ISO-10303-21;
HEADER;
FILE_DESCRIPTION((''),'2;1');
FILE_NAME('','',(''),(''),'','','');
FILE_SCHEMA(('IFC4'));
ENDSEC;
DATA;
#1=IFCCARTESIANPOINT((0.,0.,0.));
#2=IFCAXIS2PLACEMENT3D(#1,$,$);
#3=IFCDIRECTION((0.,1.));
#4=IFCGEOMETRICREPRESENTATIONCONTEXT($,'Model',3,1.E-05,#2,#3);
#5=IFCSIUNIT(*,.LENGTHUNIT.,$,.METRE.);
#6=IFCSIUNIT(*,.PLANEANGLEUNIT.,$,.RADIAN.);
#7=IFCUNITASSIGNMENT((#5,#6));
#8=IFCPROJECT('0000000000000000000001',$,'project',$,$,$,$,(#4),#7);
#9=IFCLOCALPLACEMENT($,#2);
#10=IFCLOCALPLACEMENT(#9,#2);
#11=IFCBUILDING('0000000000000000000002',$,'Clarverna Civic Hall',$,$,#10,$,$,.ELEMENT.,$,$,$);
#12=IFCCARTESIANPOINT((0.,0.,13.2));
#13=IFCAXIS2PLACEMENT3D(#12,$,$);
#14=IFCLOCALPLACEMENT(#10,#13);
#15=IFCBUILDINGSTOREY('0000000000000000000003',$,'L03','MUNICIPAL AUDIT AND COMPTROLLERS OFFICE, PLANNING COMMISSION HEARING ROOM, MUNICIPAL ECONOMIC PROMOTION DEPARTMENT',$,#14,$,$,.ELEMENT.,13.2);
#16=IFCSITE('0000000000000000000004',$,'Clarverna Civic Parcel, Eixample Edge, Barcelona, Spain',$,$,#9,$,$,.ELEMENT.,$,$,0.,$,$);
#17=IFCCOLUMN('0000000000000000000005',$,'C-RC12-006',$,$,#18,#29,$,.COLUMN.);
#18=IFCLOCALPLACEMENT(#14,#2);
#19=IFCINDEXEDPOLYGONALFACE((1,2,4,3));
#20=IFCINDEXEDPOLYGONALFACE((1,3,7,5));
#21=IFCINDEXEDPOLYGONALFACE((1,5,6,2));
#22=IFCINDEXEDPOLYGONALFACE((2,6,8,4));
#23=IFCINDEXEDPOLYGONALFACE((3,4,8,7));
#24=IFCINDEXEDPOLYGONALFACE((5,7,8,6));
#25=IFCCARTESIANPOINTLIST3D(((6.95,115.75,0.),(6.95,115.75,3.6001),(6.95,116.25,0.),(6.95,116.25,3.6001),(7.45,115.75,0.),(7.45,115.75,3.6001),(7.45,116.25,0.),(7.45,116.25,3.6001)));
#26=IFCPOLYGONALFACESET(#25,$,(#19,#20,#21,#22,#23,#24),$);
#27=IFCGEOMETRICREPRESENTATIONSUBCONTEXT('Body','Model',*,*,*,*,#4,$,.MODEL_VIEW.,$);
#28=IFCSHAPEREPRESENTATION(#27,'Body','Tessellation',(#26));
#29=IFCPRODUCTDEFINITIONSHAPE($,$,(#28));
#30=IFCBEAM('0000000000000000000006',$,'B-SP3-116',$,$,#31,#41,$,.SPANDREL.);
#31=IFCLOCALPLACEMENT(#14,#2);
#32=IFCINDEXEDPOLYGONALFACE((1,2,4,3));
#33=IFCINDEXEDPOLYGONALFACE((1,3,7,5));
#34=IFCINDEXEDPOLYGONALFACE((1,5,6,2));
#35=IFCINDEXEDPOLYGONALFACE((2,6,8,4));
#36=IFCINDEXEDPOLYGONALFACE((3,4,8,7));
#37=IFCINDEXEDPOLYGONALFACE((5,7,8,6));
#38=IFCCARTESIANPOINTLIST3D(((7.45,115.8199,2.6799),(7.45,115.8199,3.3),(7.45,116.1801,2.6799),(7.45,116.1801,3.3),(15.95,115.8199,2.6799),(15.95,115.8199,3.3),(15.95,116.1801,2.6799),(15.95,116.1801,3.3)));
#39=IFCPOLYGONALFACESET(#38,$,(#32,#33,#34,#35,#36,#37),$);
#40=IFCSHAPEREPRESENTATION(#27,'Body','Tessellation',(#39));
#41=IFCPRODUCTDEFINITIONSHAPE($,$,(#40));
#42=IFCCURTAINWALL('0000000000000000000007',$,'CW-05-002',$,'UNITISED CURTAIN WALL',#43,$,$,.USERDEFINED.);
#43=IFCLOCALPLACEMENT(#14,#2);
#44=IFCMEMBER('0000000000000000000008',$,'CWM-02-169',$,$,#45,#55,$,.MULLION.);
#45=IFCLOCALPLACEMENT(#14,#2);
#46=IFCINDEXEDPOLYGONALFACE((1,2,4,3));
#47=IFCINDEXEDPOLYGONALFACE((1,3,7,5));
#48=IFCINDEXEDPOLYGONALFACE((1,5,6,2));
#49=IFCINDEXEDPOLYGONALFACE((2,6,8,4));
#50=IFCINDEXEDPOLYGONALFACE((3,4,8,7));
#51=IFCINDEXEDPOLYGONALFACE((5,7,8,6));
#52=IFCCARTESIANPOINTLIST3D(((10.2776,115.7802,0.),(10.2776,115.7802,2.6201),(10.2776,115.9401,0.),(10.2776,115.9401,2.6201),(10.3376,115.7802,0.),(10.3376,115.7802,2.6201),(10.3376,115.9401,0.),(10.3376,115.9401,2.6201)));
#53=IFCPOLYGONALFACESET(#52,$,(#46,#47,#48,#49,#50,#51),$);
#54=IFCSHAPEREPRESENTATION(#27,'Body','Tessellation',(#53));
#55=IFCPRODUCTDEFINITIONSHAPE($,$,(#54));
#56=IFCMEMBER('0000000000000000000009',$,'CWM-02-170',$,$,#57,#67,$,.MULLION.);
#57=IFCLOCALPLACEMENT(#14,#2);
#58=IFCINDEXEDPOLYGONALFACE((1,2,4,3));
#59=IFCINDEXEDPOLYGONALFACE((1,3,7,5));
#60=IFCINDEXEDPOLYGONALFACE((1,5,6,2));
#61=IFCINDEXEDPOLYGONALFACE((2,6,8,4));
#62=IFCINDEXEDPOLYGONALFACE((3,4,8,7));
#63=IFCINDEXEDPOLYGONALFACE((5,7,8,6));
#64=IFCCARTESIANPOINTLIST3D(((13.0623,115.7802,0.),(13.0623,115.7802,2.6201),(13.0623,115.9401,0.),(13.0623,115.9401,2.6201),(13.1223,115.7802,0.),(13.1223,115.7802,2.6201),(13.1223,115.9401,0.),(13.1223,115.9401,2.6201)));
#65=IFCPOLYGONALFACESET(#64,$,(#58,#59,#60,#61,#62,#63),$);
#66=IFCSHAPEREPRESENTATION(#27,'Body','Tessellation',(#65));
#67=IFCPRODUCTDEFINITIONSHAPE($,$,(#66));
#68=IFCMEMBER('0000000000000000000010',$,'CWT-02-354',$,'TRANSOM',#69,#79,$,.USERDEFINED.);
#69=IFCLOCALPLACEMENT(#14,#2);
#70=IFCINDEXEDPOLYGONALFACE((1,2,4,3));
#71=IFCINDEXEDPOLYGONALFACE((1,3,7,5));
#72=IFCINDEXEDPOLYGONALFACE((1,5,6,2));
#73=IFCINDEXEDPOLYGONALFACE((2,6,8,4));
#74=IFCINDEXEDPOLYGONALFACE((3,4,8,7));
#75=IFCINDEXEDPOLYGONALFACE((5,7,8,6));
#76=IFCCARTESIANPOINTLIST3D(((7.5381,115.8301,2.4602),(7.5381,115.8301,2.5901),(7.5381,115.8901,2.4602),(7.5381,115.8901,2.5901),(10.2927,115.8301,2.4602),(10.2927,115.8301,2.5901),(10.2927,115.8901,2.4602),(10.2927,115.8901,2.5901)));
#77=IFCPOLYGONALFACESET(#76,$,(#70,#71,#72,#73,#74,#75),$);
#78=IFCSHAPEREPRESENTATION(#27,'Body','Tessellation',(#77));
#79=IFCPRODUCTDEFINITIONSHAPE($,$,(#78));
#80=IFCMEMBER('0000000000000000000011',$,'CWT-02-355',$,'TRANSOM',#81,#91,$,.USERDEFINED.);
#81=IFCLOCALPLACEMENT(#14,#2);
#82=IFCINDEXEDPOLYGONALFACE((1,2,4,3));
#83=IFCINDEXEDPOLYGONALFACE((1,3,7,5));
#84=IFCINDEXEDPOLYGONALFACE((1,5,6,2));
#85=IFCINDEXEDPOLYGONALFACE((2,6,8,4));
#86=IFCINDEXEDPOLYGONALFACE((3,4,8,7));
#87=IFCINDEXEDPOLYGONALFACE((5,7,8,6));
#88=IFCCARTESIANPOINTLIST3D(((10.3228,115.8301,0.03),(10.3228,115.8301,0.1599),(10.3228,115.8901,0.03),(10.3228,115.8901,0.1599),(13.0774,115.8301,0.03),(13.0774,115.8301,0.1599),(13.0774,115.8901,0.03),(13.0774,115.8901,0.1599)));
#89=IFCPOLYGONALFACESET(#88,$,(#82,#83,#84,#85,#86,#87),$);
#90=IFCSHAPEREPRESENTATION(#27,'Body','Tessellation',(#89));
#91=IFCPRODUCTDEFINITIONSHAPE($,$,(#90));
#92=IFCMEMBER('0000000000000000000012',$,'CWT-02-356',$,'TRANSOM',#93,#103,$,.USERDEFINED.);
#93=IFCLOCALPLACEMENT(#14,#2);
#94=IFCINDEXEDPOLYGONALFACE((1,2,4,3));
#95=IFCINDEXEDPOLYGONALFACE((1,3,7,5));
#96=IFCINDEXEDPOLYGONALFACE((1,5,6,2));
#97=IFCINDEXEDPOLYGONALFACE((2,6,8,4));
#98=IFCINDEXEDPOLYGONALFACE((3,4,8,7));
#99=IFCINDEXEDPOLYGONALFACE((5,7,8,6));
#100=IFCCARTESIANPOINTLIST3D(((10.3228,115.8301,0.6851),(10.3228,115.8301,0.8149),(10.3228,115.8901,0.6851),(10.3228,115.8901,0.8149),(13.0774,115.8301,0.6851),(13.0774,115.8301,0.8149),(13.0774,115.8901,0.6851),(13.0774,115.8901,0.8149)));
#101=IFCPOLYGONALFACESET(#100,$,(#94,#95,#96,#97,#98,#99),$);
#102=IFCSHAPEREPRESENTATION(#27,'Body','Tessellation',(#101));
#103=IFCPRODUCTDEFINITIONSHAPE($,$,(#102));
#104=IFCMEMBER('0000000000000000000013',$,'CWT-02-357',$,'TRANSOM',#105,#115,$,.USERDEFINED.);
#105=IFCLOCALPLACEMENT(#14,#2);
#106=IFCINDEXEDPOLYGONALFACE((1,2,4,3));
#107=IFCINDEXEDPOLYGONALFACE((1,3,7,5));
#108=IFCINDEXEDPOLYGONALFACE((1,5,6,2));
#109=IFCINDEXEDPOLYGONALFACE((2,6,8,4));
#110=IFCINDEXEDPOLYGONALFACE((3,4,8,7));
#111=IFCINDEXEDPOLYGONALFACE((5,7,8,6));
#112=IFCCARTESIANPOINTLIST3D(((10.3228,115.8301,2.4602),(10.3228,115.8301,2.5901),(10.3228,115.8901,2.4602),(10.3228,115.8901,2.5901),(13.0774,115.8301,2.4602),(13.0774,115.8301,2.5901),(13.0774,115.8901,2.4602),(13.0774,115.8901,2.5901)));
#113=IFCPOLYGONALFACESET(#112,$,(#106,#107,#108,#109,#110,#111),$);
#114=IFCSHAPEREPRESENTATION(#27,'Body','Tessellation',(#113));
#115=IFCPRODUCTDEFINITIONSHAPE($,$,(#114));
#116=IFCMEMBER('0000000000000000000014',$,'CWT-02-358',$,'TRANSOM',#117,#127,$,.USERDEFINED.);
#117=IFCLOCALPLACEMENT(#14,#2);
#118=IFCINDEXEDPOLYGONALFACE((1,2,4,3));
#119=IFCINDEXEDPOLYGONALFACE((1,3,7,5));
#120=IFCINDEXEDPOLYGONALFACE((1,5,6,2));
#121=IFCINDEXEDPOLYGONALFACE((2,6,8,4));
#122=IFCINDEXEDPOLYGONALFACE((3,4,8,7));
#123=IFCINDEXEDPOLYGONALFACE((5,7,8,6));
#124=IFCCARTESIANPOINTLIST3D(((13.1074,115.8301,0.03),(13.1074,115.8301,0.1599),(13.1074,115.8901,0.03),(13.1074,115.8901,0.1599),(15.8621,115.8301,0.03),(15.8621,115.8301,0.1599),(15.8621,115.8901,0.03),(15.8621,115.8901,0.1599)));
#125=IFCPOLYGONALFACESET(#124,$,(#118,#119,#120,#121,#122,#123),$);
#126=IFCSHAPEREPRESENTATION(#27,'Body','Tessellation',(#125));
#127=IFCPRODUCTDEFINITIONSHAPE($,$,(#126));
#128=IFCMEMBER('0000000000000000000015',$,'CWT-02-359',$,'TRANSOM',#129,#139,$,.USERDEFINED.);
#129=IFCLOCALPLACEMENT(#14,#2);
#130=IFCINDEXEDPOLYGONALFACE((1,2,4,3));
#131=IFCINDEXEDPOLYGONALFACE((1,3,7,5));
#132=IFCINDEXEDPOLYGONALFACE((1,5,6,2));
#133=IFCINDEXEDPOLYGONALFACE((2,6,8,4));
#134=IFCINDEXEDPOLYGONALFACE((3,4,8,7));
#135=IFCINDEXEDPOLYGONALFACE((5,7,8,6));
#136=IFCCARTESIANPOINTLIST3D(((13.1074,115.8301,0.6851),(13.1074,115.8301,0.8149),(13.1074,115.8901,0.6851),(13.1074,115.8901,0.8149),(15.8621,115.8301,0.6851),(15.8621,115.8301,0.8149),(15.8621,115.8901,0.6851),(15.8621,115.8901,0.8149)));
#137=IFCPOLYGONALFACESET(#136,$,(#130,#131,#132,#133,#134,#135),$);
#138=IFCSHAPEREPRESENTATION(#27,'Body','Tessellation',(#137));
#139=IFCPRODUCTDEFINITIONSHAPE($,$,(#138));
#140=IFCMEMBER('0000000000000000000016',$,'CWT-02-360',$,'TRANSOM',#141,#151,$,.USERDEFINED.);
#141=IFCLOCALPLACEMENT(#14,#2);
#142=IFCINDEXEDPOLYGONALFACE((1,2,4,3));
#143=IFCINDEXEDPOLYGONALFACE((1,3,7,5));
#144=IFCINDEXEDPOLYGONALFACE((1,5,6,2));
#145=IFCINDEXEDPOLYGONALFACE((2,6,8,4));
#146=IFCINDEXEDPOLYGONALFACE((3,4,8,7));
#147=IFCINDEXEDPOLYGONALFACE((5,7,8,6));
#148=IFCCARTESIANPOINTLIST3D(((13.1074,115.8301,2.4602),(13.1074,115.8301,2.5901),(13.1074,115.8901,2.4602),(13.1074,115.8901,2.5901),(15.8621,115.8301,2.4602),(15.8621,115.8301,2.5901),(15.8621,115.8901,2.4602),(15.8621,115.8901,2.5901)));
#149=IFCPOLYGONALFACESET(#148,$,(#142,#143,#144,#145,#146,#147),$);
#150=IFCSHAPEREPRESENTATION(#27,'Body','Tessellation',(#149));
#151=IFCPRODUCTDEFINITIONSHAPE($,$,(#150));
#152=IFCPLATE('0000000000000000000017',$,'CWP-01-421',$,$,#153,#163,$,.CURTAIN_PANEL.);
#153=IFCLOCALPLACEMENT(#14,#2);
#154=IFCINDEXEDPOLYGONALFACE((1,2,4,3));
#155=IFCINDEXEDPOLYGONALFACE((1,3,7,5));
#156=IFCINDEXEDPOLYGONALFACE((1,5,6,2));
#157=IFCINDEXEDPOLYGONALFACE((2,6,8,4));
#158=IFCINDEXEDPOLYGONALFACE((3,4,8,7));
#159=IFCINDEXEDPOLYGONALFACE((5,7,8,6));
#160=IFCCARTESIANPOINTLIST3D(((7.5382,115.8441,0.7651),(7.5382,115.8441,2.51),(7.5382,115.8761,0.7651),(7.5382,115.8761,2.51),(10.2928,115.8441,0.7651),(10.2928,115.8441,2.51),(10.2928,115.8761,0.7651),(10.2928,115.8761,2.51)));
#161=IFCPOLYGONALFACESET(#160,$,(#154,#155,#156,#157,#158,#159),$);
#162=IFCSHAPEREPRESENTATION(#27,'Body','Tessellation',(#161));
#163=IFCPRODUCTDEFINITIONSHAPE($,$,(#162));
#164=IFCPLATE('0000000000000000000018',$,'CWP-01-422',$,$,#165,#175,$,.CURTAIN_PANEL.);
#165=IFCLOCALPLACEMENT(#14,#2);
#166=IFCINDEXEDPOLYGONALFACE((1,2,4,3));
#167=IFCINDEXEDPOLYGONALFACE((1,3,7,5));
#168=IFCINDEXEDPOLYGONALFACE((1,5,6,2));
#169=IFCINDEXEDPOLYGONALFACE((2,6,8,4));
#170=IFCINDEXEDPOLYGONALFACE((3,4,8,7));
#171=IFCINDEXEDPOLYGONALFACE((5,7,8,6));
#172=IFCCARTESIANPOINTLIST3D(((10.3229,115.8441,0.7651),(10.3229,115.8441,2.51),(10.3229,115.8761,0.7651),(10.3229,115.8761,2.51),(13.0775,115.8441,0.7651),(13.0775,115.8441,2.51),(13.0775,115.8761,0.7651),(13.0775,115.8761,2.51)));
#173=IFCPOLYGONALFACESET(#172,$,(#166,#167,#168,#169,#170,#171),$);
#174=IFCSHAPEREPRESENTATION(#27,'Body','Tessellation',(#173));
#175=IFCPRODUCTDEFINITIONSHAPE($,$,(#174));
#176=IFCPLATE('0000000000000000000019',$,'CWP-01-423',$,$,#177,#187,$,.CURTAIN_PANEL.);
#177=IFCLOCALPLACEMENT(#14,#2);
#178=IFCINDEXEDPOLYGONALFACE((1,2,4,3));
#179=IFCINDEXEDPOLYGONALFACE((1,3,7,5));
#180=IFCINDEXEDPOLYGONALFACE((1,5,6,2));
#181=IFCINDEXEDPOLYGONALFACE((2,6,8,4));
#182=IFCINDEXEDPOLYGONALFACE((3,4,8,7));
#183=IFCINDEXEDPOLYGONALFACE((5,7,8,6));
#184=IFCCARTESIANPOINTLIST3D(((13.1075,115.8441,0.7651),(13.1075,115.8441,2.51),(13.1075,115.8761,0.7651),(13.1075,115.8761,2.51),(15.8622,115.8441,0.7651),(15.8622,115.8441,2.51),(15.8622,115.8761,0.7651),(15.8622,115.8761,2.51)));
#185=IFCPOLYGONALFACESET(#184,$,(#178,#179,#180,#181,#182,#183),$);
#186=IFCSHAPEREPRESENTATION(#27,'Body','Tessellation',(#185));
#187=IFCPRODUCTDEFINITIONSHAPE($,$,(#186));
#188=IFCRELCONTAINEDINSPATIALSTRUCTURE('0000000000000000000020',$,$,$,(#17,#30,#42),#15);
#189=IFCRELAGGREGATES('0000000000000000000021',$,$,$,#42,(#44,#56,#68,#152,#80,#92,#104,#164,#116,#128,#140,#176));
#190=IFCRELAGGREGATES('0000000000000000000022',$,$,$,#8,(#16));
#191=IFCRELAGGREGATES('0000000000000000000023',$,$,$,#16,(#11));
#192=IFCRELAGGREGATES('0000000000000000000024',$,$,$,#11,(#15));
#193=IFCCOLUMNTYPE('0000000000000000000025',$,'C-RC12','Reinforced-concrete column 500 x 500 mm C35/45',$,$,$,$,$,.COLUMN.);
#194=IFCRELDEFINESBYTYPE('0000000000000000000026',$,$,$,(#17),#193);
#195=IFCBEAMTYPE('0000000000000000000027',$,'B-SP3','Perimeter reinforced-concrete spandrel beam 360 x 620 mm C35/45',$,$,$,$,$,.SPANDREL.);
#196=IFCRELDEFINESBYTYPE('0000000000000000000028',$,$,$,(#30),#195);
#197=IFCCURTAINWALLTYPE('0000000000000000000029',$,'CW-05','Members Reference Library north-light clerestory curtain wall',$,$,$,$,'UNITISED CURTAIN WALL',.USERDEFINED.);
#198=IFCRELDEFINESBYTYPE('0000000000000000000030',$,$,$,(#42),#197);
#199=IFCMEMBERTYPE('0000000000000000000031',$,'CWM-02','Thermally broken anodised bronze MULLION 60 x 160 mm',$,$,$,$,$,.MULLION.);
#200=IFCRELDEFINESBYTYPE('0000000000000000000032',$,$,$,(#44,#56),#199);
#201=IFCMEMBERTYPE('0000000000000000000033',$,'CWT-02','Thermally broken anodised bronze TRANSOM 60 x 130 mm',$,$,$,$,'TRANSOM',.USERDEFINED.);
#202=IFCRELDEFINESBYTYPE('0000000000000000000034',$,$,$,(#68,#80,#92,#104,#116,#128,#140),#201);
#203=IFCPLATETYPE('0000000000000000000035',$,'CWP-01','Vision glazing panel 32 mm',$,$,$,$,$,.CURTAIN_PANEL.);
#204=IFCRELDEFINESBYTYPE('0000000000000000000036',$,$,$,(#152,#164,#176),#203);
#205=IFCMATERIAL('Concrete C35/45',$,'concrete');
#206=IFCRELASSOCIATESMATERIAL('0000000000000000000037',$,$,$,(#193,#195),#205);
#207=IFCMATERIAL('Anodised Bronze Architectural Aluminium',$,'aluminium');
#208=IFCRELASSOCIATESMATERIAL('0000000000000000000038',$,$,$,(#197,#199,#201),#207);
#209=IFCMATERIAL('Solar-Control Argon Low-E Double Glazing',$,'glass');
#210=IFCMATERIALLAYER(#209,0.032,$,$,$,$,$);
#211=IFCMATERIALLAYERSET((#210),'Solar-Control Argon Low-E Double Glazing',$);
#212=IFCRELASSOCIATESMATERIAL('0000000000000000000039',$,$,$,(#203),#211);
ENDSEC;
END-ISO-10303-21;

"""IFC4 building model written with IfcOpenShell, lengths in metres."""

from ifc_helpers import new_model, si_unit, direction, frame, frame_2d, origin, origin_2d, place, context, subcontext, project, spatial, rectangle, extrude, material, layer, layer_set, material_profile, profile_set, type_object, element, aggregate, save


model = new_model("IFC4")

# Units and contexts
model_context = context("Model", 3, precision=1e-05, world=origin(), true_north=direction((0.0, 1.0)))
body_context = subcontext(model_context, "Body", "Model", "MODEL_VIEW")
ifc_project = project(units=[si_unit("LENGTHUNIT", "METRE"), si_unit("PLANEANGLEUNIT", "RADIAN")], contexts=[model_context])

# Site, building, storey
site_placement = place(None, origin())
site = spatial("IfcSite", under=ifc_project, at=site_placement, Name="Clarverna Civic Parcel, Eixample Edge, Barcelona, Spain", CompositionType="ELEMENT", RefElevation=0.0)
building_placement = place(site_placement, origin())
building = spatial("IfcBuilding", under=site, at=building_placement, Name="Clarverna Civic Hall", CompositionType="ELEMENT")
storey_placement = place(building_placement, frame((0.0, 0.0, 13.2)))
storey = spatial("IfcBuildingStorey", under=building, at=storey_placement, Name="L03", Description="MUNICIPAL AUDIT AND COMPTROLLERS OFFICE, PLANNING COMMISSION HEARING ROOM, MUNICIPAL ECONOMIC PROMOTION DEPARTMENT", CompositionType="ELEMENT", Elevation=13.2)

# Column
ifc_material_1 = material(Name="Concrete C35/45", Category="concrete")
ifc_material_profile_1 = material_profile(ifc_material_1, rectangle(XDim=0.5, YDim=0.5, at=origin_2d()), Name="RC 500x500")
ifc_profile_set_1 = profile_set([ifc_material_profile_1], Name="Concrete C35/45")
column_type = type_object("IfcColumnType", Name="C-RC12", Description="Reinforced-concrete column 500 x 500 mm C35/45", PredefinedType="COLUMN", material=ifc_profile_set_1)
column_placement = place(storey_placement, frame((7.2, 116.0, 0.0), z_axis=(0.0, 0.0, 1.0), x_axis=(1.0, 0.0, 0.0)))
element("IfcColumn", 1, at=column_placement, inside=storey, type_object=column_type, Name="C-RC12-006", PredefinedType="COLUMN", context=body_context, shape_type="SweptSolid", body=[
    extrude(rectangle(XDim=0.5, YDim=0.5, at=origin_2d()), origin(), (0.0, 0.0, 1.0), 3.6001),
])

# Beam
ifc_material_profile_2 = material_profile(ifc_material_1, rectangle(XDim=0.3601, YDim=0.6201, at=origin_2d()), Name="RC 360x620")
ifc_profile_set_2 = profile_set([ifc_material_profile_2], Name="Concrete C35/45")
beam_type = type_object("IfcBeamType", Name="B-SP3", Description="Perimeter reinforced-concrete spandrel beam 360 x 620 mm C35/45", PredefinedType="SPANDREL", material=ifc_profile_set_2)
beam_placement = place(storey_placement, frame((7.45, 116.0, 2.99), z_axis=(1.0, 0.0, 0.0), x_axis=(0.0, 1.0, 0.0)))
element("IfcBeam", 2, at=beam_placement, inside=storey, type_object=beam_type, Name="B-SP3-116", PredefinedType="SPANDREL", context=body_context, shape_type="SweptSolid", body=[
    extrude(rectangle(XDim=0.3601, YDim=0.6201, at=origin_2d()), origin(), (0.0, 0.0, 1.0), 8.5),
])

# Curtain wall, members, plates
ifc_material_2 = material(Name="Anodised Bronze Architectural Aluminium", Category="aluminium")
curtain_wall_type = type_object("IfcCurtainWallType", Name="CW-05", Description="Members Reference Library north-light clerestory curtain wall", ElementType="UNITISED CURTAIN WALL", PredefinedType="USERDEFINED", material=ifc_material_2)
curtain_wall_placement = place(storey_placement, origin())
curtain_wall = element("IfcCurtainWall", 3, at=curtain_wall_placement, inside=storey, type_object=curtain_wall_type, Name="CW-05-002", ObjectType="UNITISED CURTAIN WALL", PredefinedType="USERDEFINED")
ifc_material_profile_3 = material_profile(ifc_material_2, rectangle(XDim=0.0601, YDim=0.1599, at=origin_2d()), Name="BRONZE 60x160")
ifc_profile_set_3 = profile_set([ifc_material_profile_3], Name="Anodised Bronze Architectural Aluminium")
member_type_1 = type_object("IfcMemberType", Name="CWM-02", Description="Thermally broken anodised bronze MULLION 60 x 160 mm", PredefinedType="MULLION", material=ifc_profile_set_3)
member_1_placement = place(storey_placement, frame((10.3076, 115.8601, 0.0), z_axis=(0.0, 0.0, 1.0), x_axis=(1.0, 0.0, 0.0)))
member_1 = element("IfcMember", 4, at=member_1_placement, type_object=member_type_1, Name="CWM-02-169", PredefinedType="MULLION", context=body_context, shape_type="SweptSolid", body=[
    extrude(rectangle(XDim=0.0601, YDim=0.1599, at=origin_2d()), origin(), (0.0, 0.0, 1.0), 2.6201),
])
member_2_placement = place(storey_placement, frame((13.0923, 115.8601, 0.0), z_axis=(0.0, 0.0, 1.0), x_axis=(1.0, 0.0, 0.0)))
member_2 = element("IfcMember", 5, at=member_2_placement, type_object=member_type_1, Name="CWM-02-170", PredefinedType="MULLION", context=body_context, shape_type="SweptSolid", body=[
    extrude(rectangle(XDim=0.0601, YDim=0.1599, at=origin_2d()), origin(), (0.0, 0.0, 1.0), 2.6201),
])
ifc_material_profile_4 = material_profile(ifc_material_2, rectangle(XDim=0.0601, YDim=0.1299, at=origin_2d()), Name="BRONZE 60x130")
ifc_profile_set_4 = profile_set([ifc_material_profile_4], Name="Anodised Bronze Architectural Aluminium")
member_type_2 = type_object("IfcMemberType", Name="CWT-02", Description="Thermally broken anodised bronze TRANSOM 60 x 130 mm", ElementType="TRANSOM", PredefinedType="USERDEFINED", material=ifc_profile_set_4)
member_3_placement = place(storey_placement, frame((7.5381, 115.8601, 2.5251), z_axis=(1.0, 0.0, 0.0), x_axis=(0.0, 1.0, 0.0)))
member_3 = element("IfcMember", 6, at=member_3_placement, type_object=member_type_2, Name="CWT-02-354", ObjectType="TRANSOM", PredefinedType="USERDEFINED", context=body_context, shape_type="SweptSolid", body=[
    extrude(rectangle(XDim=0.0601, YDim=0.1299, at=origin_2d()), origin(), (0.0, 0.0, 1.0), 2.7546),
])
member_4_placement = place(storey_placement, frame((10.3228, 115.8601, 0.095), z_axis=(1.0, 0.0, 0.0), x_axis=(0.0, 1.0, 0.0)))
member_4 = element("IfcMember", 7, at=member_4_placement, type_object=member_type_2, Name="CWT-02-355", ObjectType="TRANSOM", PredefinedType="USERDEFINED", context=body_context, shape_type="SweptSolid", body=[
    extrude(rectangle(XDim=0.0601, YDim=0.1299, at=origin_2d()), origin(), (0.0, 0.0, 1.0), 2.7546),
])
member_5_placement = place(storey_placement, frame((10.3228, 115.8601, 0.75), z_axis=(1.0, 0.0, 0.0), x_axis=(0.0, 1.0, 0.0)))
member_5 = element("IfcMember", 8, at=member_5_placement, type_object=member_type_2, Name="CWT-02-356", ObjectType="TRANSOM", PredefinedType="USERDEFINED", context=body_context, shape_type="SweptSolid", body=[
    extrude(rectangle(XDim=0.0601, YDim=0.1299, at=origin_2d()), origin(), (0.0, 0.0, 1.0), 2.7546),
])
member_6_placement = place(storey_placement, frame((10.3228, 115.8601, 2.5251), z_axis=(1.0, 0.0, 0.0), x_axis=(0.0, 1.0, 0.0)))
member_6 = element("IfcMember", 9, at=member_6_placement, type_object=member_type_2, Name="CWT-02-357", ObjectType="TRANSOM", PredefinedType="USERDEFINED", context=body_context, shape_type="SweptSolid", body=[
    extrude(rectangle(XDim=0.0601, YDim=0.1299, at=origin_2d()), origin(), (0.0, 0.0, 1.0), 2.7546),
])
member_7_placement = place(storey_placement, frame((13.1074, 115.8601, 0.095), z_axis=(1.0, 0.0, 0.0), x_axis=(0.0, 1.0, 0.0)))
member_7 = element("IfcMember", 10, at=member_7_placement, type_object=member_type_2, Name="CWT-02-358", ObjectType="TRANSOM", PredefinedType="USERDEFINED", context=body_context, shape_type="SweptSolid", body=[
    extrude(rectangle(XDim=0.0601, YDim=0.1299, at=origin_2d()), origin(), (0.0, 0.0, 1.0), 2.7546),
])
member_8_placement = place(storey_placement, frame((13.1074, 115.8601, 0.75), z_axis=(1.0, 0.0, 0.0), x_axis=(0.0, 1.0, 0.0)))
member_8 = element("IfcMember", 11, at=member_8_placement, type_object=member_type_2, Name="CWT-02-359", ObjectType="TRANSOM", PredefinedType="USERDEFINED", context=body_context, shape_type="SweptSolid", body=[
    extrude(rectangle(XDim=0.0601, YDim=0.1299, at=origin_2d()), origin(), (0.0, 0.0, 1.0), 2.7546),
])
member_9_placement = place(storey_placement, frame((13.1074, 115.8601, 2.5251), z_axis=(1.0, 0.0, 0.0), x_axis=(0.0, 1.0, 0.0)))
member_9 = element("IfcMember", 12, at=member_9_placement, type_object=member_type_2, Name="CWT-02-360", ObjectType="TRANSOM", PredefinedType="USERDEFINED", context=body_context, shape_type="SweptSolid", body=[
    extrude(rectangle(XDim=0.0601, YDim=0.1299, at=origin_2d()), origin(), (0.0, 0.0, 1.0), 2.7546),
])
ifc_material_3 = material(Name="Solar-Control Argon Low-E Double Glazing", Category="glass")
ifc_layer_1 = layer(ifc_material_3, 0.032)
ifc_layer_set_1 = layer_set([ifc_layer_1], Name="Solar-Control Argon Low-E Double Glazing")
plate_type_1 = type_object("IfcPlateType", Name="CWP-01", Description="Vision glazing panel 32 mm", PredefinedType="CURTAIN_PANEL", material=ifc_layer_set_1)
plate_1_placement = place(storey_placement, frame((7.5381, 115.8601, 0.7651), z_axis=(0.0, 0.0, 1.0), x_axis=(1.0, 0.0, 0.0)))
plate_1 = element("IfcPlate", 13, at=plate_1_placement, type_object=plate_type_1, Name="CWP-01-421", PredefinedType="CURTAIN_PANEL", context=body_context, shape_type="SweptSolid", body=[
    extrude(rectangle(XDim=2.7546, YDim=0.032, at=frame_2d((1.3774, 0.0))), origin(), (0.0, 0.0, 1.0), 1.7449),
])
plate_2_placement = place(storey_placement, frame((10.3228, 115.8601, 0.7651), z_axis=(0.0, 0.0, 1.0), x_axis=(1.0, 0.0, 0.0)))
plate_2 = element("IfcPlate", 14, at=plate_2_placement, type_object=plate_type_1, Name="CWP-01-422", PredefinedType="CURTAIN_PANEL", context=body_context, shape_type="SweptSolid", body=[
    extrude(rectangle(XDim=2.7546, YDim=0.032, at=frame_2d((1.3774, 0.0))), origin(), (0.0, 0.0, 1.0), 1.7449),
])
plate_3_placement = place(storey_placement, frame((13.1074, 115.8601, 0.7651), z_axis=(0.0, 0.0, 1.0), x_axis=(1.0, 0.0, 0.0)))
plate_3 = element("IfcPlate", 15, at=plate_3_placement, type_object=plate_type_1, Name="CWP-01-423", PredefinedType="CURTAIN_PANEL", context=body_context, shape_type="SweptSolid", body=[
    extrude(rectangle(XDim=2.7546, YDim=0.032, at=frame_2d((1.3774, 0.0))), origin(), (0.0, 0.0, 1.0), 1.7449),
])
aggregate(curtain_wall, [member_1, member_2, member_3, plate_1, member_4, member_5, member_6, plate_2, member_7, member_8, member_9, plate_3])

save(model, "model.ifc")
